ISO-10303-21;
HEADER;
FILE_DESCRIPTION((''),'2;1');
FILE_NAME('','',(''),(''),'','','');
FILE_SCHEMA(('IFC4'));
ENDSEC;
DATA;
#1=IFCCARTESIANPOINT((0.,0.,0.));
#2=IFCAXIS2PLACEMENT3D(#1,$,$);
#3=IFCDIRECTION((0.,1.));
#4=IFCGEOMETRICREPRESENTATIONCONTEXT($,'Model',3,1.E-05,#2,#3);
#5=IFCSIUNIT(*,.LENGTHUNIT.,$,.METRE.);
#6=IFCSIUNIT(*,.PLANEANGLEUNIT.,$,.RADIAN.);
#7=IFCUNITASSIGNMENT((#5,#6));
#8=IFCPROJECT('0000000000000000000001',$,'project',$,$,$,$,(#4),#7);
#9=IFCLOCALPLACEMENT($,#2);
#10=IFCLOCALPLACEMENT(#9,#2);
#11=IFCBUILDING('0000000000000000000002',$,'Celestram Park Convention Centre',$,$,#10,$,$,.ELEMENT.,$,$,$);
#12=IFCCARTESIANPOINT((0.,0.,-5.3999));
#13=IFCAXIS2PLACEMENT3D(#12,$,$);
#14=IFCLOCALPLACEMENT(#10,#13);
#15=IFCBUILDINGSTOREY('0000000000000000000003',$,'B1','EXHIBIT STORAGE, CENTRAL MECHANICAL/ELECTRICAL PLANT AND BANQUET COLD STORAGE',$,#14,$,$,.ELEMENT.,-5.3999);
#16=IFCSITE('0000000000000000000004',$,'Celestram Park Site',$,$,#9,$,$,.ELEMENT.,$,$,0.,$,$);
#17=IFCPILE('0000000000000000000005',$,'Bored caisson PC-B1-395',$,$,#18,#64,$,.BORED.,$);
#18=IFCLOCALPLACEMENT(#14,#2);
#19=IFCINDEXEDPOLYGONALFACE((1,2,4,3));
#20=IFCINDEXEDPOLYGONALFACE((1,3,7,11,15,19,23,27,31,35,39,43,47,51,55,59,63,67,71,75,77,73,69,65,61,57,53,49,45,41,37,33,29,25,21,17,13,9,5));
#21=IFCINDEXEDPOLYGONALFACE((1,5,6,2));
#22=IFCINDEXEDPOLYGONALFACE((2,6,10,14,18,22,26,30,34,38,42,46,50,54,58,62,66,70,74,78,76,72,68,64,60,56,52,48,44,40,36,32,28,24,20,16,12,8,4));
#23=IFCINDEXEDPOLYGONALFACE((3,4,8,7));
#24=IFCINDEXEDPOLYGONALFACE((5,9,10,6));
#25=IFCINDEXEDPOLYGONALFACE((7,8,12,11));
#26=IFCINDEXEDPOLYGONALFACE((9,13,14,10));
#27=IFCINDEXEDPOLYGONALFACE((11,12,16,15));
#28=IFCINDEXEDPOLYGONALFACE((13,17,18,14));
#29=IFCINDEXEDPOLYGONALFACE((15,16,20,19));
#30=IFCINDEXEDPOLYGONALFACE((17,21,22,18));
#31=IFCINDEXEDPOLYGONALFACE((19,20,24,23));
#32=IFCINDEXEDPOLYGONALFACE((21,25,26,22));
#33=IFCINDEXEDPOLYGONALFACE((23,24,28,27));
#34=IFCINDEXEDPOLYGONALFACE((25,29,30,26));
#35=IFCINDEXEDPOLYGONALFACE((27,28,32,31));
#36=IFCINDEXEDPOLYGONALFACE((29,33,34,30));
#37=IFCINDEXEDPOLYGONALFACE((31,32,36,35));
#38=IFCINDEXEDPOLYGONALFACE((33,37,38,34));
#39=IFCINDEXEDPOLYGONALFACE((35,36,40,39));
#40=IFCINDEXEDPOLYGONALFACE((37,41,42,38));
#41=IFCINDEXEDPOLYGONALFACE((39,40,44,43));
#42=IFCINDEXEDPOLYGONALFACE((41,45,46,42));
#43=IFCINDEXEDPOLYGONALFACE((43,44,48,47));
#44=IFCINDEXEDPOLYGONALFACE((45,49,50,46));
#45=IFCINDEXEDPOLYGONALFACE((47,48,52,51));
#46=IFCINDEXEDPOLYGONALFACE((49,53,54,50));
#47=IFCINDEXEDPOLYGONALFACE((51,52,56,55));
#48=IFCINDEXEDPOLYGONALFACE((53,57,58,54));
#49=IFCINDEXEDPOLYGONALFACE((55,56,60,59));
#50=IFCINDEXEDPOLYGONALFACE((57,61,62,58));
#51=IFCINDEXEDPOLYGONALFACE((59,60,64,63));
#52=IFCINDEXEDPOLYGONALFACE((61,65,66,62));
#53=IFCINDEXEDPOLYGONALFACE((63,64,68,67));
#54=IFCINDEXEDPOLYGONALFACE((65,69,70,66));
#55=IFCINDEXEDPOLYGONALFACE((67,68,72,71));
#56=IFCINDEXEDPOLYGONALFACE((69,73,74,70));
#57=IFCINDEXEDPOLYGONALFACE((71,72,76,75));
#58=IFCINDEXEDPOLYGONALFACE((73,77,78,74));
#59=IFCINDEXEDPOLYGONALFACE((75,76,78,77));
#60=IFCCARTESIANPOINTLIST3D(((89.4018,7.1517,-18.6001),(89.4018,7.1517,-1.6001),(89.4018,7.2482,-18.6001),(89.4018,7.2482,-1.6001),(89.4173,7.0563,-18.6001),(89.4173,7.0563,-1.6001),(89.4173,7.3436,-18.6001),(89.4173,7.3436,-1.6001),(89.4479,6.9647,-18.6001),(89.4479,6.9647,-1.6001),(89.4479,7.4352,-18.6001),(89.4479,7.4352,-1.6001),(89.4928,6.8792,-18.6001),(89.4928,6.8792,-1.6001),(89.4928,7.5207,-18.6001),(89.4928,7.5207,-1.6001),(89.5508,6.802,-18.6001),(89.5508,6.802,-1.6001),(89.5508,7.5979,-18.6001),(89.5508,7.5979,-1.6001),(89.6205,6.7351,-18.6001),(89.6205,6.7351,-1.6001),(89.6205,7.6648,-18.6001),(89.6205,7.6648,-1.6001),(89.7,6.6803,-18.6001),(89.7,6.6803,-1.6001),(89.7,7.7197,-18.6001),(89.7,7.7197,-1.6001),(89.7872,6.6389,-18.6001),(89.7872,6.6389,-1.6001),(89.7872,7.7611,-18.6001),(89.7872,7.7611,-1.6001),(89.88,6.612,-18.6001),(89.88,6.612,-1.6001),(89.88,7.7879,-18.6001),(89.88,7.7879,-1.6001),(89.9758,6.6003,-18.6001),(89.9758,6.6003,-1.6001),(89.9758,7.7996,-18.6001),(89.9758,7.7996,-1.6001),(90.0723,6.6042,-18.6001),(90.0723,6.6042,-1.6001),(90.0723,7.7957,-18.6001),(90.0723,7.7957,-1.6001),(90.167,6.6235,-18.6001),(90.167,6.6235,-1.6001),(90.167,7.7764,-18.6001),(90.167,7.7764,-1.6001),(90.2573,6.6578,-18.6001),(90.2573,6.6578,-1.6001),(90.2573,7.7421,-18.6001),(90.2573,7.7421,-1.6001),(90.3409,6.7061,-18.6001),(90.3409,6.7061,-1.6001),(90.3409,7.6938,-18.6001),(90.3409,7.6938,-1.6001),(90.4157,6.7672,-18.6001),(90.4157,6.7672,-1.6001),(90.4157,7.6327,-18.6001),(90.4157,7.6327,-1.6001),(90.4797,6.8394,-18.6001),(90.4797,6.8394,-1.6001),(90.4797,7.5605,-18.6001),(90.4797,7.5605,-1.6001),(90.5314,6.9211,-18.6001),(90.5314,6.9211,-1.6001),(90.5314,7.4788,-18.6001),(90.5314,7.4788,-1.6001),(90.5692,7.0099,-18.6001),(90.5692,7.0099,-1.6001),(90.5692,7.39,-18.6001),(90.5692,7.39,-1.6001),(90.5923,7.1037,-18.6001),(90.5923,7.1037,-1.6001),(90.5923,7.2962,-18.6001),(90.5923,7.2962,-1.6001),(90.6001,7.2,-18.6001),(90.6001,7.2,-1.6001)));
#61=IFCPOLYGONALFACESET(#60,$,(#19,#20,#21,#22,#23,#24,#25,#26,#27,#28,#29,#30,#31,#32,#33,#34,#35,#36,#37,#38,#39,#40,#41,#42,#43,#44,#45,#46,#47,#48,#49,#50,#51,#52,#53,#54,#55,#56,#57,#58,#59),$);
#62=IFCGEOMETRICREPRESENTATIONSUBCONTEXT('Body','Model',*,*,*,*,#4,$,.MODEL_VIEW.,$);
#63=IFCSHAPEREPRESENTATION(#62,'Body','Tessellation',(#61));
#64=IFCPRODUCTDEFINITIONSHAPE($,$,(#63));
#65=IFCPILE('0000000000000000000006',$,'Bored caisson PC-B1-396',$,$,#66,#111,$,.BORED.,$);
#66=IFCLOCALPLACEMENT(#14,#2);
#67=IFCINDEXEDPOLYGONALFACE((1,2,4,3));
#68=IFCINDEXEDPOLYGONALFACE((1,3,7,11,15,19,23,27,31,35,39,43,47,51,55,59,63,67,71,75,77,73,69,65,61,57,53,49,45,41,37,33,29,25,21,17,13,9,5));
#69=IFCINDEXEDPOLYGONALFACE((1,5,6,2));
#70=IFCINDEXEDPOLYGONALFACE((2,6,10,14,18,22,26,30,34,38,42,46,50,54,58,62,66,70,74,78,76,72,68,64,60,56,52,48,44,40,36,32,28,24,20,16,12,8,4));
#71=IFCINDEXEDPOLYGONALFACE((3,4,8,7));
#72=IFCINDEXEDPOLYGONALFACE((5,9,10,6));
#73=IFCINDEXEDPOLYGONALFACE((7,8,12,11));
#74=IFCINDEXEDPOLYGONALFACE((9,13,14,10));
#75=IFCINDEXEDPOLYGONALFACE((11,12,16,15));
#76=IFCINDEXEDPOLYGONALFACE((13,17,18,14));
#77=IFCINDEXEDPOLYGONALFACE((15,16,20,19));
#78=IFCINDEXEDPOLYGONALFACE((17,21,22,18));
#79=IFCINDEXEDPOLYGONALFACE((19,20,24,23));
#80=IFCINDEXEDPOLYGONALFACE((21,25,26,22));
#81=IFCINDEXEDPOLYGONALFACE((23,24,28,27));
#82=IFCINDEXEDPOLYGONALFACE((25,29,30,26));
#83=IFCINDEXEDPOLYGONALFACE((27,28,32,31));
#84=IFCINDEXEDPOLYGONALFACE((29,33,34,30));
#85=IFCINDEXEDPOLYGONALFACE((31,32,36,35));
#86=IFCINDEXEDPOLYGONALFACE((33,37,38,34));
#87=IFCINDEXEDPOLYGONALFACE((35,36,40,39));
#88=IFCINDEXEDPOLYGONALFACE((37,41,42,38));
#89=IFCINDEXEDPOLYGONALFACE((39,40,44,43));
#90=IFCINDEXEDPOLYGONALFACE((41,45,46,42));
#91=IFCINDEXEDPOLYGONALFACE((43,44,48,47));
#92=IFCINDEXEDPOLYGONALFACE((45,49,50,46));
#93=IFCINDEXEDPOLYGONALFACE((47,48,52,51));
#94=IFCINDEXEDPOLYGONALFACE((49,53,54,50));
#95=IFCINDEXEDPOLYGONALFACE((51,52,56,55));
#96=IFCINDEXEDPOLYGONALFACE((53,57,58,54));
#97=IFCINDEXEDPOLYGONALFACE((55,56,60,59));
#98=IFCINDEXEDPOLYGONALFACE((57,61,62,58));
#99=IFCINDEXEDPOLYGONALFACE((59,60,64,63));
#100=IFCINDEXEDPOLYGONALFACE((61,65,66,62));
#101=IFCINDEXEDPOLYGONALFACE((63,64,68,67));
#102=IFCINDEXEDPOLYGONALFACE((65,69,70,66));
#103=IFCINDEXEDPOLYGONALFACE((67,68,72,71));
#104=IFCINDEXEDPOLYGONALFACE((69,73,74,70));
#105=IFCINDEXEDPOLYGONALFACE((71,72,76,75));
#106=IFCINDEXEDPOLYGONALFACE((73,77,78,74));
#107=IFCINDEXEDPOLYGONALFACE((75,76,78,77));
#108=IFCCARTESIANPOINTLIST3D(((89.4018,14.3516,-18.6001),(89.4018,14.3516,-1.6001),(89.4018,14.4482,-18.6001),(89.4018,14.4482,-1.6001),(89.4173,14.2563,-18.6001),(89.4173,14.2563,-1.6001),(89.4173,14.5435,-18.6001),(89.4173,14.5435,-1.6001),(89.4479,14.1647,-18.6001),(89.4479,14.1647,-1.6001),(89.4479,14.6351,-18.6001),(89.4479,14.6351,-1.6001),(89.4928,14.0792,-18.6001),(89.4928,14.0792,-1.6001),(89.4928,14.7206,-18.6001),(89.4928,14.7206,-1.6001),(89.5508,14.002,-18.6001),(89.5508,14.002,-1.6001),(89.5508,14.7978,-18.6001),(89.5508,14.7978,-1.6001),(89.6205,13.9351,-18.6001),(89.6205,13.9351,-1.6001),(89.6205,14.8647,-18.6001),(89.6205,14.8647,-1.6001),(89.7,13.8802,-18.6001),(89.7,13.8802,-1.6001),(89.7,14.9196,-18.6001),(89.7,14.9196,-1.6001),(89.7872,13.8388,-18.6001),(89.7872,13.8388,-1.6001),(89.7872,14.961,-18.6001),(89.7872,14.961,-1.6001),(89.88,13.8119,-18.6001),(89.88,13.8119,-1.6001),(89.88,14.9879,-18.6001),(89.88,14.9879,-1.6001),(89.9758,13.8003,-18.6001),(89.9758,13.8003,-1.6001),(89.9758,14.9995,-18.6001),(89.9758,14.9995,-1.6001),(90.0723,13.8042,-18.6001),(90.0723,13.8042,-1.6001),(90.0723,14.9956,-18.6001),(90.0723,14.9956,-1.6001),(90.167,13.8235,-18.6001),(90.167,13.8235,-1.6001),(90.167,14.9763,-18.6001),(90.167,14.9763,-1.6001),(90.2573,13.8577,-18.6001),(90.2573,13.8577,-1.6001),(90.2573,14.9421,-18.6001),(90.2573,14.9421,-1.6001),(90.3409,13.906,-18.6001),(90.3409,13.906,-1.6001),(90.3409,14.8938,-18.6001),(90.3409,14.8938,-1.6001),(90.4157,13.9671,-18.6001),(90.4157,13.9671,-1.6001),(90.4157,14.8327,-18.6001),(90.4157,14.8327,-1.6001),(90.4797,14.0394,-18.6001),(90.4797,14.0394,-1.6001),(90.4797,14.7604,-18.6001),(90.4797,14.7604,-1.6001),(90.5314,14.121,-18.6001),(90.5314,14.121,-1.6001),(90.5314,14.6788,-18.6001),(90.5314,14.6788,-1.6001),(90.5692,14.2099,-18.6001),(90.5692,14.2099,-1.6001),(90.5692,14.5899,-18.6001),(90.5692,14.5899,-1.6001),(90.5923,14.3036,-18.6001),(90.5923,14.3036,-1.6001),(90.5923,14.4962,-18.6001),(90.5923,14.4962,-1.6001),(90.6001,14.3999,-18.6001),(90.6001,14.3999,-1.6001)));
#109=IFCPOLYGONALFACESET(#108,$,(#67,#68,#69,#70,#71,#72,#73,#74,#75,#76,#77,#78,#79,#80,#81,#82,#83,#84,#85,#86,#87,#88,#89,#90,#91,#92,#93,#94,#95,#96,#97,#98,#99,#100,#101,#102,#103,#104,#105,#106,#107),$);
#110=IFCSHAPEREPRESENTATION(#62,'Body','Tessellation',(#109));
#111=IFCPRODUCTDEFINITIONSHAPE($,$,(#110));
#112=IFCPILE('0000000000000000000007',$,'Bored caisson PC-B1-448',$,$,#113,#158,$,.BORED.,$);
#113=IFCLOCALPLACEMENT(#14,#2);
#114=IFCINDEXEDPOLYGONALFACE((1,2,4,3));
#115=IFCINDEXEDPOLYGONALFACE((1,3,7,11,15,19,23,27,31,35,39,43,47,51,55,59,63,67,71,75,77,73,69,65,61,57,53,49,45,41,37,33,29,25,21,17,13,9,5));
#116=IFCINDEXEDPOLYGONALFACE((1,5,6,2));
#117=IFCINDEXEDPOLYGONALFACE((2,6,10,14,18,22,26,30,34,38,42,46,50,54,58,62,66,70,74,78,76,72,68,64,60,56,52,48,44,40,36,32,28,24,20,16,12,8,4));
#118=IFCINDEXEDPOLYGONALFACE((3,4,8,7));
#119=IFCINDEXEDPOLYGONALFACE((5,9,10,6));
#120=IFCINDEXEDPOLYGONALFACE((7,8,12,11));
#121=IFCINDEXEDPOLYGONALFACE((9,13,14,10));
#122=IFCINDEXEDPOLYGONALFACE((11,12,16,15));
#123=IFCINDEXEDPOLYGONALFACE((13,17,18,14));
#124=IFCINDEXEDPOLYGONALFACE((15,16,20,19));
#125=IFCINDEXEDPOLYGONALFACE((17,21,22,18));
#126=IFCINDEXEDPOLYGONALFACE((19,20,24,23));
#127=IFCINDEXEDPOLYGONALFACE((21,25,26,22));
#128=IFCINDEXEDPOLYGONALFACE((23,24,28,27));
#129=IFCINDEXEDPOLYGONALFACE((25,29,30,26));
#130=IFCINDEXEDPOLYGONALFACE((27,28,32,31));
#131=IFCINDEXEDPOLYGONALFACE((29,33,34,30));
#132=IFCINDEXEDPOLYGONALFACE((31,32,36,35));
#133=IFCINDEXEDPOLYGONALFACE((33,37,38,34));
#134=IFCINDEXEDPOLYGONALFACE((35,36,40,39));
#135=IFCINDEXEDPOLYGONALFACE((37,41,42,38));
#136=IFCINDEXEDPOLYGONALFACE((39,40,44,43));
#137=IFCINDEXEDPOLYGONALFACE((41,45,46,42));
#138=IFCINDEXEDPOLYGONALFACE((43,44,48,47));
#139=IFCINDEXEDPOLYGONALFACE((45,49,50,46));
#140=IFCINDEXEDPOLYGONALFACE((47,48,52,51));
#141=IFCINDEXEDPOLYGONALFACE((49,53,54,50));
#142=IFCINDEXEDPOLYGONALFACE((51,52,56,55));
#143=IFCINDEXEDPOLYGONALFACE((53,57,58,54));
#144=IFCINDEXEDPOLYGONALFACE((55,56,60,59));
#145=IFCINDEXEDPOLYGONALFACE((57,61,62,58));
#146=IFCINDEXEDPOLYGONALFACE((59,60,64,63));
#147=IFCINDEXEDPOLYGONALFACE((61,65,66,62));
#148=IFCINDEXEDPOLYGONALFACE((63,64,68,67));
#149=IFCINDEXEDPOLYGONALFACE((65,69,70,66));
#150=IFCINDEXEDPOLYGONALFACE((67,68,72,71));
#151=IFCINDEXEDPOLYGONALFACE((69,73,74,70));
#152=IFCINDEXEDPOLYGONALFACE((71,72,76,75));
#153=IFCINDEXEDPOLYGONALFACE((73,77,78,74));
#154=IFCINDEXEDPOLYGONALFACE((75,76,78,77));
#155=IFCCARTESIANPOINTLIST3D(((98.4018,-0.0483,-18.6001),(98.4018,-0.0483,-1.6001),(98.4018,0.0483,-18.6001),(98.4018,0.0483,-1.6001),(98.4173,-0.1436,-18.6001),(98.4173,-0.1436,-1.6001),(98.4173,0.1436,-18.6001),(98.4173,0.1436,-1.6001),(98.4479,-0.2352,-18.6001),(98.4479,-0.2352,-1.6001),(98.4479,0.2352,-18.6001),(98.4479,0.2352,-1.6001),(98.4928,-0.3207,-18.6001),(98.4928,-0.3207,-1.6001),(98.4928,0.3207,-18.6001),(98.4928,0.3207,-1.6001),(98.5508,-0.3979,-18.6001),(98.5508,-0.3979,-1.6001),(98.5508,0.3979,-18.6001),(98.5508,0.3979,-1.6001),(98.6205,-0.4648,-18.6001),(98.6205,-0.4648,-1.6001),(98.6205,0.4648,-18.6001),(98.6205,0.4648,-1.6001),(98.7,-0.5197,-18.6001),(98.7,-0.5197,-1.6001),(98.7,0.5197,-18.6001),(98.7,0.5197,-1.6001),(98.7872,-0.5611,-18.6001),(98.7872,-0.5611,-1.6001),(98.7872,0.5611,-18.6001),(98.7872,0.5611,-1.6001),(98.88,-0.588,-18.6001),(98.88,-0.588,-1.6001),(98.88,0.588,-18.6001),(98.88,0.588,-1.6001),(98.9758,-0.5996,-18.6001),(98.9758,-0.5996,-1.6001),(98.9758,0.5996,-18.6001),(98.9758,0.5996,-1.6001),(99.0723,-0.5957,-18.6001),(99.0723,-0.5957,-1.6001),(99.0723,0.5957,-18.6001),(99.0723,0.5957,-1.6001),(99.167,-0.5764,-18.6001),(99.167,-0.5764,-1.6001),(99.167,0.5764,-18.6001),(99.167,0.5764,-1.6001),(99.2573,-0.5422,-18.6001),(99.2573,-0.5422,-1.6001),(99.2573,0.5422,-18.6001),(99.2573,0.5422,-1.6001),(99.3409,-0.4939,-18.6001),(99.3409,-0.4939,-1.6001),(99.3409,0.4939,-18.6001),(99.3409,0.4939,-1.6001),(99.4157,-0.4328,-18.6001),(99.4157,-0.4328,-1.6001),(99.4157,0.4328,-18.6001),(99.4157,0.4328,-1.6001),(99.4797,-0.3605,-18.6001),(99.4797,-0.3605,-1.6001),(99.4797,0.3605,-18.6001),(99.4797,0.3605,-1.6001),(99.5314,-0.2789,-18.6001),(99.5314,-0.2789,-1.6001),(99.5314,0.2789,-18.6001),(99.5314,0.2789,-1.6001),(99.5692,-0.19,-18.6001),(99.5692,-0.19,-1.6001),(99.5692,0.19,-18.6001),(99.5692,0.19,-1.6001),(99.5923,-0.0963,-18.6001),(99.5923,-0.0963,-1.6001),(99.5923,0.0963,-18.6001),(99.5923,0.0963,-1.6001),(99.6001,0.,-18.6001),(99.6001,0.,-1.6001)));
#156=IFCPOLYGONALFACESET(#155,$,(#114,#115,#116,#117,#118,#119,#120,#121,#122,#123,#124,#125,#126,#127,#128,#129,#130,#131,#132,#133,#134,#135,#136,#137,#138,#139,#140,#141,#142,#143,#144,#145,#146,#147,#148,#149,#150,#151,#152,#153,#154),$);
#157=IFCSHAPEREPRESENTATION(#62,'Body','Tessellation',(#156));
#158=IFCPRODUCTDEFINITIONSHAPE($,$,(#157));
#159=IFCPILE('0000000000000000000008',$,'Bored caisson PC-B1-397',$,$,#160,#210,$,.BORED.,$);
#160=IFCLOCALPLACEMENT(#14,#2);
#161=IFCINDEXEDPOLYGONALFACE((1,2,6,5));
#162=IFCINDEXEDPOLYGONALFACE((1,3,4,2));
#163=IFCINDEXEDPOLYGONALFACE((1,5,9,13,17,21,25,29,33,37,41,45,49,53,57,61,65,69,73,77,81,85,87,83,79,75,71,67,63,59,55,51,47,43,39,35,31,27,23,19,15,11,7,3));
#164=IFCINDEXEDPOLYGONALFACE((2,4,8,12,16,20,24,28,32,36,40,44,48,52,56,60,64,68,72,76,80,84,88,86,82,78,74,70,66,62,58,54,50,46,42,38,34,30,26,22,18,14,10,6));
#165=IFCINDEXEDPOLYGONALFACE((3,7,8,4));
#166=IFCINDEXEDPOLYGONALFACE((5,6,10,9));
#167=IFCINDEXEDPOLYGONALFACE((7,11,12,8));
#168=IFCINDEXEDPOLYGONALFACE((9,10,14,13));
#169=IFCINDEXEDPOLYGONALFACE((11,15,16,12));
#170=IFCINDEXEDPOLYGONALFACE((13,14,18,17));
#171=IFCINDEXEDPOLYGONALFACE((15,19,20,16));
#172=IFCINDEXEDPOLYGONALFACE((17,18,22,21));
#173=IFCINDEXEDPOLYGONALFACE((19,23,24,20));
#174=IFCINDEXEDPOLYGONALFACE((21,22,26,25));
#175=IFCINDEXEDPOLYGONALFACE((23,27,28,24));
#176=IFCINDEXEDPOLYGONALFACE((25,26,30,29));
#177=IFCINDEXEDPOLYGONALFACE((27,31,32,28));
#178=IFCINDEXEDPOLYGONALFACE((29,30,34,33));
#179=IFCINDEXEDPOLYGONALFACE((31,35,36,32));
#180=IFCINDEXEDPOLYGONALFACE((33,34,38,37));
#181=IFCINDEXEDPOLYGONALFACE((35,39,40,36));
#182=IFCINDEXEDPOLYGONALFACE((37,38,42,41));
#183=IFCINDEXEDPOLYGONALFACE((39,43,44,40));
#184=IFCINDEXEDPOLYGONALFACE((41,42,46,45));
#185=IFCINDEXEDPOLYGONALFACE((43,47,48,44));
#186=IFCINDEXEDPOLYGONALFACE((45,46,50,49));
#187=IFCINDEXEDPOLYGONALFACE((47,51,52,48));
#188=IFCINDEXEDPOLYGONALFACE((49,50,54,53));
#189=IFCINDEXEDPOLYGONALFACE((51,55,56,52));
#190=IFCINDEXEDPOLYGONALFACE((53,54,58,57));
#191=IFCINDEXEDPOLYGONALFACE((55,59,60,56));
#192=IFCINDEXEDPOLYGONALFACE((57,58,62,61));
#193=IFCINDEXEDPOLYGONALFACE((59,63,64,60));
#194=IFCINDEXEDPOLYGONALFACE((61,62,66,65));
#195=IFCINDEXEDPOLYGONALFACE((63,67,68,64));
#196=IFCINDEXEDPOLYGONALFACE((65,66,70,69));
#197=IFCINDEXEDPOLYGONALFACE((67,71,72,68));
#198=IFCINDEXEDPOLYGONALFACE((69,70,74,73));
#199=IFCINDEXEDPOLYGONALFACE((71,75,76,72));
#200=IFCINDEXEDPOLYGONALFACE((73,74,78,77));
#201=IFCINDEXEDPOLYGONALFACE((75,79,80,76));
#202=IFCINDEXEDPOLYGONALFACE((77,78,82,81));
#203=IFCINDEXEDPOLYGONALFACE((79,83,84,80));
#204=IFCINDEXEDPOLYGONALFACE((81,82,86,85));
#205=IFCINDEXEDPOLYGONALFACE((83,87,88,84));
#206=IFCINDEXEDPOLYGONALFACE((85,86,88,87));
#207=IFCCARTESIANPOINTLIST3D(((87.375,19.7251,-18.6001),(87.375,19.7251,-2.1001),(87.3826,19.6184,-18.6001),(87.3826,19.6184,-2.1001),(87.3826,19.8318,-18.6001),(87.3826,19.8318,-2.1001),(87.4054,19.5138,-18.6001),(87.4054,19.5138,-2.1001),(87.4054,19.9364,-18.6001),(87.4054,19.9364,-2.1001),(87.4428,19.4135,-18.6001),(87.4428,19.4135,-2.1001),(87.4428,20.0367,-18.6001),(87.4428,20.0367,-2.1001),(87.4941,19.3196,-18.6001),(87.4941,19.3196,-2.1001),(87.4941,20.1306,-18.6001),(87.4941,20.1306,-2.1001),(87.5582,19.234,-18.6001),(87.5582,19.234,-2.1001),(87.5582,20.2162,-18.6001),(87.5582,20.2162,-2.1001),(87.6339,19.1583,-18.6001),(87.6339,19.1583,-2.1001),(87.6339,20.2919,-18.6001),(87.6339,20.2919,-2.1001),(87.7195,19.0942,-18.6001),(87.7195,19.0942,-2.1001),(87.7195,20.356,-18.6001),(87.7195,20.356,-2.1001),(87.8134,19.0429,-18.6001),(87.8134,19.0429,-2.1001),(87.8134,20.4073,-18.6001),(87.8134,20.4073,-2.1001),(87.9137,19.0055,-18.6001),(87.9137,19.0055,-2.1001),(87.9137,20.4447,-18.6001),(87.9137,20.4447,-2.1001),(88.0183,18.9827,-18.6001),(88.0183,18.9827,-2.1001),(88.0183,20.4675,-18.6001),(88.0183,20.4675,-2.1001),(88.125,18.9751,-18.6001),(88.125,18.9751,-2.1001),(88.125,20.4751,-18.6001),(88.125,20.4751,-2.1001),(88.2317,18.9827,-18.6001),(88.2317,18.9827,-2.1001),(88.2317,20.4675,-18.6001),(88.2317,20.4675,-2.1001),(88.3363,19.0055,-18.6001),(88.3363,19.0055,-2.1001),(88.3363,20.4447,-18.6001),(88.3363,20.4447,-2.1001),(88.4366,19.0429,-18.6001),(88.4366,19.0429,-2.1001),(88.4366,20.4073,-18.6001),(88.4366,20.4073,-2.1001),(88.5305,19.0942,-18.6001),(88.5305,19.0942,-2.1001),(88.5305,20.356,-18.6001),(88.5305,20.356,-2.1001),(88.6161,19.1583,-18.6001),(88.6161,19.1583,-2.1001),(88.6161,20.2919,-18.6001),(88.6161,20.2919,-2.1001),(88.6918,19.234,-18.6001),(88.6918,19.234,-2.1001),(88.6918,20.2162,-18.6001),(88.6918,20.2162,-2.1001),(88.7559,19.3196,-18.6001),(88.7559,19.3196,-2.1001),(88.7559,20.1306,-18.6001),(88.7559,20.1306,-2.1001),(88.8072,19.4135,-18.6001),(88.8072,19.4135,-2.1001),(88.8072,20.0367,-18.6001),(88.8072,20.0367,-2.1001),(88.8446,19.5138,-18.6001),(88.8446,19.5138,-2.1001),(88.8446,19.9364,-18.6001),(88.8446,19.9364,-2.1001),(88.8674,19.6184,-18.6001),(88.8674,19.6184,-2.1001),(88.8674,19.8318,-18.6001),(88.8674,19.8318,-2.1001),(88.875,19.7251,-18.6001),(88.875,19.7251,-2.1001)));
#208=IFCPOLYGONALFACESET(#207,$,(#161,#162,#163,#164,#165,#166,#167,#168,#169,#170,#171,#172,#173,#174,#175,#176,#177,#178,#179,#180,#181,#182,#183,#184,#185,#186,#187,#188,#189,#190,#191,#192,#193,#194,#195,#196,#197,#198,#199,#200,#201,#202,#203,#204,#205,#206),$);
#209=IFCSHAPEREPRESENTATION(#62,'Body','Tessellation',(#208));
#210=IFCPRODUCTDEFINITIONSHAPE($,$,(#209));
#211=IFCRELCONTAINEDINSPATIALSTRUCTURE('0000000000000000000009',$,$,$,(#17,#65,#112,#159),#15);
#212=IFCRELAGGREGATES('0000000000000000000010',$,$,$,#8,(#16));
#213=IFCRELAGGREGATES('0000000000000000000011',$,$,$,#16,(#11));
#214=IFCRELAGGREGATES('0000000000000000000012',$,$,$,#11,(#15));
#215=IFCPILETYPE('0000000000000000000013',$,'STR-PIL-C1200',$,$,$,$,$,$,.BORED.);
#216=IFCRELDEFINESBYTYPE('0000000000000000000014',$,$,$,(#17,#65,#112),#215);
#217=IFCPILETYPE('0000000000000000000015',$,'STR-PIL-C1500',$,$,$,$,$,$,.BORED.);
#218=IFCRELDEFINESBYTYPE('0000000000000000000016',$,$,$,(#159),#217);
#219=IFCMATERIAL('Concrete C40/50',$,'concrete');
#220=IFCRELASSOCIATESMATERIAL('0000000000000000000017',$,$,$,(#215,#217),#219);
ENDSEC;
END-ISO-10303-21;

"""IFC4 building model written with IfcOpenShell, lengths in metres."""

from ifc_helpers import new_model, si_unit, direction, frame, origin, origin_2d, place, context, subcontext, project, spatial, circle, extrude, material, material_profile, profile_set, type_object, element, save


model = new_model("IFC4")

# Units and contexts
model_context = context("Model", 3, precision=1e-05, world=origin(), true_north=direction((0.0, 1.0)))
body_context = subcontext(model_context, "Body", "Model", "MODEL_VIEW")
ifc_project = project(units=[si_unit("LENGTHUNIT", "METRE"), si_unit("PLANEANGLEUNIT", "RADIAN")], contexts=[model_context])

# Site, building, storey
site_placement = place(None, origin())
site = spatial("IfcSite", under=ifc_project, at=site_placement, Name="Celestram Park Site", CompositionType="ELEMENT", RefElevation=0.0)
building_placement = place(site_placement, origin())
building = spatial("IfcBuilding", under=site, at=building_placement, Name="Celestram Park Convention Centre", CompositionType="ELEMENT")
storey_placement = place(building_placement, frame((0.0, 0.0, -5.3999)))
storey = spatial("IfcBuildingStorey", under=building, at=storey_placement, Name="B1", Description="EXHIBIT STORAGE, CENTRAL MECHANICAL/ELECTRICAL PLANT AND BANQUET COLD STORAGE", CompositionType="ELEMENT", Elevation=-5.3999)

# Shared definitions
ifc_material_1 = material(Name="Concrete C40/50", Category="concrete")

# Piles
ifc_material_profile_1 = material_profile(ifc_material_1, circle(Radius=0.6001, at=origin_2d()), Name="CAISSON1200")
ifc_profile_set_1 = profile_set([ifc_material_profile_1], Name="Concrete C40/50")
pile_type_1 = type_object("IfcPileType", Name="STR-PIL-C1200", PredefinedType="BORED", material=ifc_profile_set_1)
for number, where, z_axis, x_axis, name in (
    (1, (90.0, 7.2, -1.6001), (0.0, 0.0, -1.0), (1.0, 0.0, 0.0), "Bored caisson PC-B1-395"),
    (2, (90.0, 14.3999, -1.6001), (0.0, 0.0, -1.0), (1.0, 0.0, 0.0), "Bored caisson PC-B1-396"),
    (3, (99.0, 0.0, -1.6001), (0.0, 0.0, -1.0), (1.0, 0.0, 0.0), "Bored caisson PC-B1-448"),
):
    element("IfcPile", number, at=place(storey_placement, frame(where, z_axis=z_axis, x_axis=x_axis)), inside=storey, type_object=pile_type_1, Name=name, PredefinedType="BORED", context=body_context, shape_type="SweptSolid", body=[
        extrude(circle(Radius=0.6001, at=origin_2d()), origin(), (0.0, 0.0, 1.0), 17.0),
    ])
ifc_material_profile_2 = material_profile(ifc_material_1, circle(Radius=0.75, at=origin_2d()), Name="CAISSON1500")
ifc_profile_set_2 = profile_set([ifc_material_profile_2], Name="Concrete C40/50")
pile_type_2 = type_object("IfcPileType", Name="STR-PIL-C1500", PredefinedType="BORED", material=ifc_profile_set_2)
for number, where, z_axis, x_axis, name in (
    (4, (88.125, 19.7251, -2.1001), (0.0, 0.0, -1.0), (1.0, 0.0, 0.0), "Bored caisson PC-B1-397"),
):
    element("IfcPile", number, at=place(storey_placement, frame(where, z_axis=z_axis, x_axis=x_axis)), inside=storey, type_object=pile_type_2, Name=name, PredefinedType="BORED", context=body_context, shape_type="SweptSolid", body=[
        extrude(circle(Radius=0.75, at=origin_2d()), origin(), (0.0, 0.0, 1.0), 16.5),
    ])

save(model, "model.ifc")
